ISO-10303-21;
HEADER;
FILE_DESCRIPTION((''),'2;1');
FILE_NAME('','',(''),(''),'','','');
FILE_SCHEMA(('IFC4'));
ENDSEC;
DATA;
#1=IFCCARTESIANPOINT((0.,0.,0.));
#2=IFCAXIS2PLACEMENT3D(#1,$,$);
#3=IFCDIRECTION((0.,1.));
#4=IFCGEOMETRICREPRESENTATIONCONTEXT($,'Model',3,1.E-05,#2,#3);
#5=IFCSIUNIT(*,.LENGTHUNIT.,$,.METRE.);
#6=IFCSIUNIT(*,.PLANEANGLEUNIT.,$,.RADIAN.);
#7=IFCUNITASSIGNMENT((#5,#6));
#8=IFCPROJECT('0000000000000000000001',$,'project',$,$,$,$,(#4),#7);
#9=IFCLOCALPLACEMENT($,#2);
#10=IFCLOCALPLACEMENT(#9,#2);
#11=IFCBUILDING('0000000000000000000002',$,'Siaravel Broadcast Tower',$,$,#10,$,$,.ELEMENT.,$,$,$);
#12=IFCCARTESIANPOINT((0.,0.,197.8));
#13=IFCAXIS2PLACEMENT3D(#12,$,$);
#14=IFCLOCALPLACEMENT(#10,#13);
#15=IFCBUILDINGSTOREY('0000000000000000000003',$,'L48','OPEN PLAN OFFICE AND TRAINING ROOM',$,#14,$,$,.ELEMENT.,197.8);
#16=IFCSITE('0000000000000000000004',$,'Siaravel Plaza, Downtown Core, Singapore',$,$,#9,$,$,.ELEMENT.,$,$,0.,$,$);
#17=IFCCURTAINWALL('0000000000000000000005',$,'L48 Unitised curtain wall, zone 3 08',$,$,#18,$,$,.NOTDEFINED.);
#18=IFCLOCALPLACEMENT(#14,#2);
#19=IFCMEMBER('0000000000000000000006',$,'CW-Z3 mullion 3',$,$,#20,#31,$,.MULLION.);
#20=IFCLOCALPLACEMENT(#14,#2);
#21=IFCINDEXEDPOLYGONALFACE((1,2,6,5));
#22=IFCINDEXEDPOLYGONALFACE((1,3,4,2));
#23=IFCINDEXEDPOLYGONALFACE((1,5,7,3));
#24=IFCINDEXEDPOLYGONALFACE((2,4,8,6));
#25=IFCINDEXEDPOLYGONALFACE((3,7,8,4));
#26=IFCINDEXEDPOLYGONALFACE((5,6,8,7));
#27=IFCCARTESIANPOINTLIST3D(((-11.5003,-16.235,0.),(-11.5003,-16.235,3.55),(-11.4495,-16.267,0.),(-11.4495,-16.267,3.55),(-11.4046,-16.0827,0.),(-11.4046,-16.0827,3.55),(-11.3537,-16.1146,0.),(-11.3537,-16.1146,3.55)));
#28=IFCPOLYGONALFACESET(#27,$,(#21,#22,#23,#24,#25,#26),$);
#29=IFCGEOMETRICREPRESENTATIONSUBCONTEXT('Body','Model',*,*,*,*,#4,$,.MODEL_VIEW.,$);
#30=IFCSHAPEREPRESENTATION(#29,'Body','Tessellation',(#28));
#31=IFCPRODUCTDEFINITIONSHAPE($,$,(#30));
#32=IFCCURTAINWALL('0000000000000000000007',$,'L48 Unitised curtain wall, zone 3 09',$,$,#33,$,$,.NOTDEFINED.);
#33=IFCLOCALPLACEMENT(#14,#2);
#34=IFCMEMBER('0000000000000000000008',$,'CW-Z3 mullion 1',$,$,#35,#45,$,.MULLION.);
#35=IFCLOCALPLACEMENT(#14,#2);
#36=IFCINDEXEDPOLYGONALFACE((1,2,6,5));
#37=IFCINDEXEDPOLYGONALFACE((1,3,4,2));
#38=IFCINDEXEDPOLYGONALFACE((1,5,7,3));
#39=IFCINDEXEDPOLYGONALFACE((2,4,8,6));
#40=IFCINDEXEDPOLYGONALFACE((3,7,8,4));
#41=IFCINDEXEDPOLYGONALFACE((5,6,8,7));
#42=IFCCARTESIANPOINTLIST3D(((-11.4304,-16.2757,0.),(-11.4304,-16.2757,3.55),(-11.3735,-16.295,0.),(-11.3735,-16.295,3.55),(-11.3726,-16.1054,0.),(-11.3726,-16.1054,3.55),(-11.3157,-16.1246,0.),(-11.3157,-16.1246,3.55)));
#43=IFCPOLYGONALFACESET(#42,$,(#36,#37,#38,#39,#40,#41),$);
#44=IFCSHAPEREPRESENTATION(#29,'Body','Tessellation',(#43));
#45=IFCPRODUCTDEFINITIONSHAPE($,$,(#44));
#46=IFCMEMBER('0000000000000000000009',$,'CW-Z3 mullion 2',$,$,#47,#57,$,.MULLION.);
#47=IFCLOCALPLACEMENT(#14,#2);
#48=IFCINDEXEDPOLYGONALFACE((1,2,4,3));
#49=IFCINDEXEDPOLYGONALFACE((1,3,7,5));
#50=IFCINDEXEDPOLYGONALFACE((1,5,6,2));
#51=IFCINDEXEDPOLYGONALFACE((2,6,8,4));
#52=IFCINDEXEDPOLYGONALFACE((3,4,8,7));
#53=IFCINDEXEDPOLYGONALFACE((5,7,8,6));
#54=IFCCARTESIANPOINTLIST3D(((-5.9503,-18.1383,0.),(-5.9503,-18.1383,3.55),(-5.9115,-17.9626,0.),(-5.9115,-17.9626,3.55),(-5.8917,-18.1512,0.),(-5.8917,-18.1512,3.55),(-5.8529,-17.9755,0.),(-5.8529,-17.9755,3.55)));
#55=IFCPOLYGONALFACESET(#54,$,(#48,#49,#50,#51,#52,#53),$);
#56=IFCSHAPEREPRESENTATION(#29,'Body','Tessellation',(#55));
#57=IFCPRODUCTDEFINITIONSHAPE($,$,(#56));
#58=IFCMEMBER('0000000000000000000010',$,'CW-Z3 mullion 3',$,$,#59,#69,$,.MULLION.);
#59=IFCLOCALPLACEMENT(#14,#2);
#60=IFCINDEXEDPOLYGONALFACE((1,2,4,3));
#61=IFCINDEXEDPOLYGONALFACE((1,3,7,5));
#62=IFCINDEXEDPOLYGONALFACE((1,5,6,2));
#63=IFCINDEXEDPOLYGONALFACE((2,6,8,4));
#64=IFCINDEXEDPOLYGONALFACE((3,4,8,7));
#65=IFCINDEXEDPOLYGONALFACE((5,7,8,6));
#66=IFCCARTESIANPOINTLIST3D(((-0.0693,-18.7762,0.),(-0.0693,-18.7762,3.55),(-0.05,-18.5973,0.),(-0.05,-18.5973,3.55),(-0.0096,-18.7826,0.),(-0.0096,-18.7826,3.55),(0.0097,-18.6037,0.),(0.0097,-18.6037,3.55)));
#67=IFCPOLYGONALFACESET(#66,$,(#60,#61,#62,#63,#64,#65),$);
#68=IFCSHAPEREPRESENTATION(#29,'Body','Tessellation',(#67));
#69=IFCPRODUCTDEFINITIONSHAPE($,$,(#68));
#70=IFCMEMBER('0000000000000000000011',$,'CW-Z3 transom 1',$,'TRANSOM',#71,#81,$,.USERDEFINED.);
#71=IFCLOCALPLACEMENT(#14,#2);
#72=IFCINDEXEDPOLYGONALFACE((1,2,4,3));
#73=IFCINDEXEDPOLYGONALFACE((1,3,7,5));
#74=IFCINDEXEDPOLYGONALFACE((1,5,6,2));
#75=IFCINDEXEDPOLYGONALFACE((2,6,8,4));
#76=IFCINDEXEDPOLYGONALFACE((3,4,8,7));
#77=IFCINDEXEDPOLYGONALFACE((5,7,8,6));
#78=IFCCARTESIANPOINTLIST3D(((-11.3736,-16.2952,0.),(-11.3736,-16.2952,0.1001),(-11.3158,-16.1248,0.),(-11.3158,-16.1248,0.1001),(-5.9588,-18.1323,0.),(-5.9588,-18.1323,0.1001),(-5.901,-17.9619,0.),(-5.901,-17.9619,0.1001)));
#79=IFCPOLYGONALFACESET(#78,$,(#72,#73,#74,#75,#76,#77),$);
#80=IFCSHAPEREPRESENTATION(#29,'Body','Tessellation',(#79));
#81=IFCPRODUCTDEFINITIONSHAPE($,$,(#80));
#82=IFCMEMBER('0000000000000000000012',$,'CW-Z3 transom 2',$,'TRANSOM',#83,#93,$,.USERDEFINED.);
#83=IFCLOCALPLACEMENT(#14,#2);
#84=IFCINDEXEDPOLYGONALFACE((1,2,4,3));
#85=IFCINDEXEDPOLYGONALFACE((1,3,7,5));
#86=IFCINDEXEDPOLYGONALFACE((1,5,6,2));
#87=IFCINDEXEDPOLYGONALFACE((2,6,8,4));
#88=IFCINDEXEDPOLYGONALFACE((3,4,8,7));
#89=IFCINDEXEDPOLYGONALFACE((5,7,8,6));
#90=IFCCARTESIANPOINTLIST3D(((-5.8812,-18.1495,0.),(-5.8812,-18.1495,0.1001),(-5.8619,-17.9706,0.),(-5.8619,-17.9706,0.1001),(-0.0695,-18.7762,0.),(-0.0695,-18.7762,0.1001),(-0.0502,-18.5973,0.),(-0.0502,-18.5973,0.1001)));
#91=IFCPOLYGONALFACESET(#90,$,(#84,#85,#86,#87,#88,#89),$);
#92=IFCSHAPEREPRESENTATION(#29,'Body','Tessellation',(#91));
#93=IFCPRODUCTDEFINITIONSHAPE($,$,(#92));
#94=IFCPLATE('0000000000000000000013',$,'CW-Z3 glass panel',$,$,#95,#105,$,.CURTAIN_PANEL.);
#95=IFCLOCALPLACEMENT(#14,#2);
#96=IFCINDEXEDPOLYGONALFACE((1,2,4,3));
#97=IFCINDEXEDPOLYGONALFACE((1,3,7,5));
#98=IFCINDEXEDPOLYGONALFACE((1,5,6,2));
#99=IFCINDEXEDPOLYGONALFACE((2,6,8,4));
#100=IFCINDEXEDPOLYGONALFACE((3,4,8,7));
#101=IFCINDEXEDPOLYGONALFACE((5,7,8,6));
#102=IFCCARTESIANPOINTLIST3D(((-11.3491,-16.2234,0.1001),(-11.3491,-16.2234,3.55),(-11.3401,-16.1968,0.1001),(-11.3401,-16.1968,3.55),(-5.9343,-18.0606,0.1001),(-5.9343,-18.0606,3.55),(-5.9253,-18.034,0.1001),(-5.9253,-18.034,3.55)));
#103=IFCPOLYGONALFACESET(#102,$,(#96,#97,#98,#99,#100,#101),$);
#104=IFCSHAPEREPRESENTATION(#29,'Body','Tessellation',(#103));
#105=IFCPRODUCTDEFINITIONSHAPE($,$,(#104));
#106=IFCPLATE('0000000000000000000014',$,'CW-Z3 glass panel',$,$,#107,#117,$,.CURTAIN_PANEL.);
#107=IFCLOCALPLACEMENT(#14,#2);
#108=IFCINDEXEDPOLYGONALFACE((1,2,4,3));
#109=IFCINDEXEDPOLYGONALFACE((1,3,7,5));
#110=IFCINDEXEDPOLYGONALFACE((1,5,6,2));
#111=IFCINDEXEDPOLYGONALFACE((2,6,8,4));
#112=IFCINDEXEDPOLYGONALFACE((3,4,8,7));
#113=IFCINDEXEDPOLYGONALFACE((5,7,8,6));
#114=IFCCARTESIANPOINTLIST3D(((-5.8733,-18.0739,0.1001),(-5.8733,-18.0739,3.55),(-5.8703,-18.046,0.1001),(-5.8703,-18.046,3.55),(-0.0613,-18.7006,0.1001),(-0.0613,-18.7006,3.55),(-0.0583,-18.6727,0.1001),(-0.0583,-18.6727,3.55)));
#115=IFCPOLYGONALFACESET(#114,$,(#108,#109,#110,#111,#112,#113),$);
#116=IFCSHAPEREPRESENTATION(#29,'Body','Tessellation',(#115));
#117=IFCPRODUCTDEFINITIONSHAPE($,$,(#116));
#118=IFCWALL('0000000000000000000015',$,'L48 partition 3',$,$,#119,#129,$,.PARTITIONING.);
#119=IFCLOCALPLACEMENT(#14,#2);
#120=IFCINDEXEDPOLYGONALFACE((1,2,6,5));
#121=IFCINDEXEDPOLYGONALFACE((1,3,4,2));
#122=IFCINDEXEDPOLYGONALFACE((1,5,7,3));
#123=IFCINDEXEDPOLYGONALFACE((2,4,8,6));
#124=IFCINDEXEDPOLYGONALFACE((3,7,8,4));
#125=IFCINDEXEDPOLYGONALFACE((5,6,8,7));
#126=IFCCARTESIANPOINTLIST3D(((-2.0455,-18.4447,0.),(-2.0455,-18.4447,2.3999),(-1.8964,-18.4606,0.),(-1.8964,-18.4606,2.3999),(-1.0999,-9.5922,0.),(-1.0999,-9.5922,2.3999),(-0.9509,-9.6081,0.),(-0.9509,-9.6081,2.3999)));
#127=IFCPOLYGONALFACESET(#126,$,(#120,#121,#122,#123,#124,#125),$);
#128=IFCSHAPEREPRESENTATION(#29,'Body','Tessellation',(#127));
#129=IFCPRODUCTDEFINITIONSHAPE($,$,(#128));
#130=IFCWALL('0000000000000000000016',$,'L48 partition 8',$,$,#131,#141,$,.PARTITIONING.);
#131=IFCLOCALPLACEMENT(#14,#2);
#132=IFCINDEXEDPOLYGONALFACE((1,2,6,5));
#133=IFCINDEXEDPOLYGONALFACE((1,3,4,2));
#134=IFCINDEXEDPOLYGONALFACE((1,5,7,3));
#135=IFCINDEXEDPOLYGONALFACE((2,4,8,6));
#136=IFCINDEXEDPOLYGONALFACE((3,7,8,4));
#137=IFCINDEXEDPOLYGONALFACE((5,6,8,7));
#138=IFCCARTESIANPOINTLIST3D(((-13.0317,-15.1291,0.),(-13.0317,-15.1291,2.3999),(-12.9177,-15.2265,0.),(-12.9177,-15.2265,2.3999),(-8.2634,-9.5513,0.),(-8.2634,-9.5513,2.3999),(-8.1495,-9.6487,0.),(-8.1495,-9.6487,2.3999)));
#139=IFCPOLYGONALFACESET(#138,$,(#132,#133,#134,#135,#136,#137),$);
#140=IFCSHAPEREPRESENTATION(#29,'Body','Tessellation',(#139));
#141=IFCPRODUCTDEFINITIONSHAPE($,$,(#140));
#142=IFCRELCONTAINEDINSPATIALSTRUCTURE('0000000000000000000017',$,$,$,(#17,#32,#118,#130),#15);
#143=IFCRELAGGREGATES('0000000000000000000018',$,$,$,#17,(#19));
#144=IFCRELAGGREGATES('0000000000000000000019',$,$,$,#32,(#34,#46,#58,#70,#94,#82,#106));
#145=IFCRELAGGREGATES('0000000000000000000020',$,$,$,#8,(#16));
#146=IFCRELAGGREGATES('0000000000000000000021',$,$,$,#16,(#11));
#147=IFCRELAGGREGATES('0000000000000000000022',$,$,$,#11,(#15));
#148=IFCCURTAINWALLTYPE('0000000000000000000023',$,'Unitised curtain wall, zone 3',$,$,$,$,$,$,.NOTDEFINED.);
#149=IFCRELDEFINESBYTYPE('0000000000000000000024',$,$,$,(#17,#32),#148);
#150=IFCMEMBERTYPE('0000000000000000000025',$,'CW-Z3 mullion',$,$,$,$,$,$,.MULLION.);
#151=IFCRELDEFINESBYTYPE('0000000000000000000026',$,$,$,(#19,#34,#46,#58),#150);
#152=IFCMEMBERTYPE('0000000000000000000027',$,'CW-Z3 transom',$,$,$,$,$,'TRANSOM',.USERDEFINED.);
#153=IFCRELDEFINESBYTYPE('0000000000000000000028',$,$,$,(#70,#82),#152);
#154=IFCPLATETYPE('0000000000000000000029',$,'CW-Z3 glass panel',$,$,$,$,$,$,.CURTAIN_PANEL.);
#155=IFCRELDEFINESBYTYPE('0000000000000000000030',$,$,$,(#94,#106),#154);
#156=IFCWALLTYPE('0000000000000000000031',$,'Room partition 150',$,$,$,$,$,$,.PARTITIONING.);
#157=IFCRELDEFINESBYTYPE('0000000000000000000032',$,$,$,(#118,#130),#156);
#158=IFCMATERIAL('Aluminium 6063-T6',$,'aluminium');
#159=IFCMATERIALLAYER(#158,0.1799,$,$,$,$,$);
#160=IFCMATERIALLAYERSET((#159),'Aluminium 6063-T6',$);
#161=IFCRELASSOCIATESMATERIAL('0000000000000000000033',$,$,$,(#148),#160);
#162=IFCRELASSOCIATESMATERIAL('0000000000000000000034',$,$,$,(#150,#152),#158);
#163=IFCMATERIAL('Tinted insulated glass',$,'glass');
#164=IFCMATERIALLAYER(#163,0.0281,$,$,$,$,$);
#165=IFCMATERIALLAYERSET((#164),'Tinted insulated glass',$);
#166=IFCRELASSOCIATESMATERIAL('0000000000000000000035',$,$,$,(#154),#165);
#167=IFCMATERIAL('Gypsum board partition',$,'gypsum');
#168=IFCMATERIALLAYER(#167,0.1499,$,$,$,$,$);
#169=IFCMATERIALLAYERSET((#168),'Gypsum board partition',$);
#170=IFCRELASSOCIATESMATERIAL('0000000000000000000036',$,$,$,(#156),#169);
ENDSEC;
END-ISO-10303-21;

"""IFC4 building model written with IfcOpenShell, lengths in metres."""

from ifc_helpers import new_model, si_unit, direction, frame, frame_2d, origin, origin_2d, place, context, subcontext, project, spatial, rectangle, extrude, material, layer, layer_set, material_profile, profile_set, type_object, element, aggregate, save


model = new_model("IFC4")

# Units and contexts
model_context = context("Model", 3, precision=1e-05, world=origin(), true_north=direction((0.0, 1.0)))
body_context = subcontext(model_context, "Body", "Model", "MODEL_VIEW")
ifc_project = project(units=[si_unit("LENGTHUNIT", "METRE"), si_unit("PLANEANGLEUNIT", "RADIAN")], contexts=[model_context])

# Site, building, storey
site_placement = place(None, origin())
site = spatial("IfcSite", under=ifc_project, at=site_placement, Name="Siaravel Plaza, Downtown Core, Singapore", CompositionType="ELEMENT", RefElevation=0.0)
building_placement = place(site_placement, origin())
building = spatial("IfcBuilding", under=site, at=building_placement, Name="Siaravel Broadcast Tower", CompositionType="ELEMENT")
storey_placement = place(building_placement, frame((0.0, 0.0, 197.8)))
storey = spatial("IfcBuildingStorey", under=building, at=storey_placement, Name="L48", Description="OPEN PLAN OFFICE AND TRAINING ROOM", CompositionType="ELEMENT", Elevation=197.8)

# Curtain wall, member
ifc_material_1 = material(Name="Aluminium 6063-T6", Category="aluminium")
ifc_layer_1 = layer(ifc_material_1, 0.1799)
ifc_layer_set_1 = layer_set([ifc_layer_1], Name="Aluminium 6063-T6")
curtain_wall_type = type_object("IfcCurtainWallType", Name="Unitised curtain wall, zone 3", PredefinedType="NOTDEFINED", material=ifc_layer_set_1)
curtain_wall_1_placement = place(storey_placement, origin())
curtain_wall_1 = element("IfcCurtainWall", 1, at=curtain_wall_1_placement, inside=storey, type_object=curtain_wall_type, Name="L48 Unitised curtain wall, zone 3 08", PredefinedType="NOTDEFINED")
ifc_material_profile_1 = material_profile(ifc_material_1, rectangle(XDim=0.1799, YDim=0.0601, at=origin_2d()))
ifc_profile_set_1 = profile_set([ifc_material_profile_1], Name="Aluminium 6063-T6")
member_type_1 = type_object("IfcMemberType", Name="CW-Z3 mullion", PredefinedType="MULLION", material=ifc_profile_set_1)
member_1_placement = place(storey_placement, frame((-11.427, -16.1748, 0.0), z_axis=(0.0, 0.0, 1.0), x_axis=(0.532149, 0.846651, 0.0)))
member_1 = element("IfcMember", 2, at=member_1_placement, type_object=member_type_1, Name="CW-Z3 mullion 3", PredefinedType="MULLION", context=body_context, shape_type="SweptSolid", body=[
    extrude(rectangle(XDim=0.1799, YDim=0.0601, at=origin_2d()), origin(), (0.0, 0.0, 1.0), 3.55),
])
aggregate(curtain_wall_1, [member_1])

# Curtain wall, members, plates
curtain_wall_2_placement = place(storey_placement, origin())
curtain_wall_2 = element("IfcCurtainWall", 3, at=curtain_wall_2_placement, inside=storey, type_object=curtain_wall_type, Name="L48 Unitised curtain wall, zone 3 09", PredefinedType="NOTDEFINED")
member_2_placement = place(storey_placement, frame((-11.373, -16.2002, 0.0), z_axis=(0.0, 0.0, 1.0), x_axis=(0.3213, 0.946977, 0.0)))
member_2 = element("IfcMember", 4, at=member_2_placement, type_object=member_type_1, Name="CW-Z3 mullion 1", PredefinedType="MULLION", context=body_context, shape_type="SweptSolid", body=[
    extrude(rectangle(XDim=0.1799, YDim=0.0601, at=origin_2d()), origin(), (0.0, 0.0, 1.0), 3.55),
])
member_3_placement = place(storey_placement, frame((-5.9016, -18.0569, 0.0), z_axis=(0.0, 0.0, 1.0), x_axis=(0.215558, 0.976491, 0.0)))
member_3 = element("IfcMember", 5, at=member_3_placement, type_object=member_type_1, Name="CW-Z3 mullion 2", PredefinedType="MULLION", context=body_context, shape_type="SweptSolid", body=[
    extrude(rectangle(XDim=0.1799, YDim=0.0601, at=origin_2d()), origin(), (0.0, 0.0, 1.0), 3.55),
])
member_4_placement = place(storey_placement, frame((-0.0298, -18.6899, 0.0), z_axis=(0.0, 0.0, 1.0), x_axis=(0.107217, 0.994236, 0.0)))
member_4 = element("IfcMember", 6, at=member_4_placement, type_object=member_type_1, Name="CW-Z3 mullion 3", PredefinedType="MULLION", context=body_context, shape_type="SweptSolid", body=[
    extrude(rectangle(XDim=0.1799, YDim=0.0601, at=origin_2d()), origin(), (0.0, 0.0, 1.0), 3.55),
])
ifc_material_profile_2 = material_profile(ifc_material_1, rectangle(XDim=0.1799, YDim=0.1001, at=origin_2d()))
ifc_profile_set_2 = profile_set([ifc_material_profile_2], Name="Aluminium 6063-T6")
member_type_2 = type_object("IfcMemberType", Name="CW-Z3 transom", ElementType="TRANSOM", PredefinedType="USERDEFINED", material=ifc_profile_set_2)
member_5_placement = place(storey_placement, frame((-11.3447, -16.21, 0.05), z_axis=(0.946979, -0.321296, 0.0), x_axis=(0.321296, 0.946979, 0.0)))
member_5 = element("IfcMember", 7, at=member_5_placement, type_object=member_type_2, Name="CW-Z3 transom 1", ObjectType="TRANSOM", PredefinedType="USERDEFINED", context=body_context, shape_type="SweptSolid", body=[
    extrude(rectangle(XDim=0.1799, YDim=0.1001, at=origin_2d()), origin(), (0.0, 0.0, 1.0), 5.718),
])
member_6_placement = place(storey_placement, frame((-5.8716, -18.0601, 0.05), z_axis=(0.994236, -0.107213, 0.0), x_axis=(0.107213, 0.994236, 0.0)))
member_6 = element("IfcMember", 8, at=member_6_placement, type_object=member_type_2, Name="CW-Z3 transom 2", ObjectType="TRANSOM", PredefinedType="USERDEFINED", context=body_context, shape_type="SweptSolid", body=[
    extrude(rectangle(XDim=0.1799, YDim=0.1001, at=origin_2d()), origin(), (0.0, 0.0, 1.0), 5.8455),
])
ifc_material_2 = material(Name="Tinted insulated glass", Category="glass")
ifc_layer_2 = layer(ifc_material_2, 0.0281)
ifc_layer_set_2 = layer_set([ifc_layer_2], Name="Tinted insulated glass")
plate_type = type_object("IfcPlateType", Name="CW-Z3 glass panel", PredefinedType="CURTAIN_PANEL", material=ifc_layer_set_2)
plate_1_placement = place(storey_placement, frame((-8.6372, -17.1287, 0.1001), z_axis=(0.0, 0.0, 1.0), x_axis=(0.946977, -0.3213, 0.0)))
plate_1 = element("IfcPlate", 9, at=plate_1_placement, type_object=plate_type, Name="CW-Z3 glass panel", PredefinedType="CURTAIN_PANEL", context=body_context, shape_type="SweptSolid", body=[
    extrude(rectangle(XDim=5.718, YDim=0.0281, at=origin_2d()), origin(), (0.0, 0.0, 1.0), 3.45),
])
plate_2_placement = place(storey_placement, frame((-2.9658, -18.3733, 0.1001), z_axis=(0.0, 0.0, 1.0), x_axis=(0.994236, -0.107217, 0.0)))
plate_2 = element("IfcPlate", 10, at=plate_2_placement, type_object=plate_type, Name="CW-Z3 glass panel", PredefinedType="CURTAIN_PANEL", context=body_context, shape_type="SweptSolid", body=[
    extrude(rectangle(XDim=5.8457, YDim=0.0281, at=origin_2d()), origin(), (0.0, 0.0, 1.0), 3.45),
])
aggregate(curtain_wall_2, [member_2, member_3, member_4, member_5, plate_1, member_6, plate_2])

# Walls
ifc_material_3 = material(Name="Gypsum board partition", Category="gypsum")
ifc_layer_3 = layer(ifc_material_3, 0.1499)
ifc_layer_set_3 = layer_set([ifc_layer_3], Name="Gypsum board partition")
wall_type = type_object("IfcWallType", Name="Room partition 150", PredefinedType="PARTITIONING", material=ifc_layer_set_3)
wall_1_placement = place(storey_placement, frame((-1.9709, -18.4526, 0.0), z_axis=(0.0, 0.0, 1.0), x_axis=(0.106208, 0.994344, 0.0)))
element("IfcWall", 11, at=wall_1_placement, inside=storey, type_object=wall_type, Name="L48 partition 3", PredefinedType="PARTITIONING", context=body_context, shape_type="SweptSolid", body=[
    extrude(rectangle(XDim=8.9028, YDim=0.1499, at=frame_2d((4.4514, 0.0))), origin(), (0.0, 0.0, 1.0), 2.3999),
])
wall_2_placement = place(storey_placement, frame((-8.2065, -9.6001, 0.0), z_axis=(0.0, 0.0, 1.0), x_axis=(-0.649791, -0.760113, 0.0)))
element("IfcWall", 12, at=wall_2_placement, inside=storey, type_object=wall_type, Name="L48 partition 8", PredefinedType="PARTITIONING", context=body_context, shape_type="SweptSolid", body=[
    extrude(rectangle(XDim=7.3381, YDim=0.1499, at=frame_2d((3.6689, 0.0))), origin(), (0.0, 0.0, 1.0), 2.3999),
])

save(model, "model.ifc")
